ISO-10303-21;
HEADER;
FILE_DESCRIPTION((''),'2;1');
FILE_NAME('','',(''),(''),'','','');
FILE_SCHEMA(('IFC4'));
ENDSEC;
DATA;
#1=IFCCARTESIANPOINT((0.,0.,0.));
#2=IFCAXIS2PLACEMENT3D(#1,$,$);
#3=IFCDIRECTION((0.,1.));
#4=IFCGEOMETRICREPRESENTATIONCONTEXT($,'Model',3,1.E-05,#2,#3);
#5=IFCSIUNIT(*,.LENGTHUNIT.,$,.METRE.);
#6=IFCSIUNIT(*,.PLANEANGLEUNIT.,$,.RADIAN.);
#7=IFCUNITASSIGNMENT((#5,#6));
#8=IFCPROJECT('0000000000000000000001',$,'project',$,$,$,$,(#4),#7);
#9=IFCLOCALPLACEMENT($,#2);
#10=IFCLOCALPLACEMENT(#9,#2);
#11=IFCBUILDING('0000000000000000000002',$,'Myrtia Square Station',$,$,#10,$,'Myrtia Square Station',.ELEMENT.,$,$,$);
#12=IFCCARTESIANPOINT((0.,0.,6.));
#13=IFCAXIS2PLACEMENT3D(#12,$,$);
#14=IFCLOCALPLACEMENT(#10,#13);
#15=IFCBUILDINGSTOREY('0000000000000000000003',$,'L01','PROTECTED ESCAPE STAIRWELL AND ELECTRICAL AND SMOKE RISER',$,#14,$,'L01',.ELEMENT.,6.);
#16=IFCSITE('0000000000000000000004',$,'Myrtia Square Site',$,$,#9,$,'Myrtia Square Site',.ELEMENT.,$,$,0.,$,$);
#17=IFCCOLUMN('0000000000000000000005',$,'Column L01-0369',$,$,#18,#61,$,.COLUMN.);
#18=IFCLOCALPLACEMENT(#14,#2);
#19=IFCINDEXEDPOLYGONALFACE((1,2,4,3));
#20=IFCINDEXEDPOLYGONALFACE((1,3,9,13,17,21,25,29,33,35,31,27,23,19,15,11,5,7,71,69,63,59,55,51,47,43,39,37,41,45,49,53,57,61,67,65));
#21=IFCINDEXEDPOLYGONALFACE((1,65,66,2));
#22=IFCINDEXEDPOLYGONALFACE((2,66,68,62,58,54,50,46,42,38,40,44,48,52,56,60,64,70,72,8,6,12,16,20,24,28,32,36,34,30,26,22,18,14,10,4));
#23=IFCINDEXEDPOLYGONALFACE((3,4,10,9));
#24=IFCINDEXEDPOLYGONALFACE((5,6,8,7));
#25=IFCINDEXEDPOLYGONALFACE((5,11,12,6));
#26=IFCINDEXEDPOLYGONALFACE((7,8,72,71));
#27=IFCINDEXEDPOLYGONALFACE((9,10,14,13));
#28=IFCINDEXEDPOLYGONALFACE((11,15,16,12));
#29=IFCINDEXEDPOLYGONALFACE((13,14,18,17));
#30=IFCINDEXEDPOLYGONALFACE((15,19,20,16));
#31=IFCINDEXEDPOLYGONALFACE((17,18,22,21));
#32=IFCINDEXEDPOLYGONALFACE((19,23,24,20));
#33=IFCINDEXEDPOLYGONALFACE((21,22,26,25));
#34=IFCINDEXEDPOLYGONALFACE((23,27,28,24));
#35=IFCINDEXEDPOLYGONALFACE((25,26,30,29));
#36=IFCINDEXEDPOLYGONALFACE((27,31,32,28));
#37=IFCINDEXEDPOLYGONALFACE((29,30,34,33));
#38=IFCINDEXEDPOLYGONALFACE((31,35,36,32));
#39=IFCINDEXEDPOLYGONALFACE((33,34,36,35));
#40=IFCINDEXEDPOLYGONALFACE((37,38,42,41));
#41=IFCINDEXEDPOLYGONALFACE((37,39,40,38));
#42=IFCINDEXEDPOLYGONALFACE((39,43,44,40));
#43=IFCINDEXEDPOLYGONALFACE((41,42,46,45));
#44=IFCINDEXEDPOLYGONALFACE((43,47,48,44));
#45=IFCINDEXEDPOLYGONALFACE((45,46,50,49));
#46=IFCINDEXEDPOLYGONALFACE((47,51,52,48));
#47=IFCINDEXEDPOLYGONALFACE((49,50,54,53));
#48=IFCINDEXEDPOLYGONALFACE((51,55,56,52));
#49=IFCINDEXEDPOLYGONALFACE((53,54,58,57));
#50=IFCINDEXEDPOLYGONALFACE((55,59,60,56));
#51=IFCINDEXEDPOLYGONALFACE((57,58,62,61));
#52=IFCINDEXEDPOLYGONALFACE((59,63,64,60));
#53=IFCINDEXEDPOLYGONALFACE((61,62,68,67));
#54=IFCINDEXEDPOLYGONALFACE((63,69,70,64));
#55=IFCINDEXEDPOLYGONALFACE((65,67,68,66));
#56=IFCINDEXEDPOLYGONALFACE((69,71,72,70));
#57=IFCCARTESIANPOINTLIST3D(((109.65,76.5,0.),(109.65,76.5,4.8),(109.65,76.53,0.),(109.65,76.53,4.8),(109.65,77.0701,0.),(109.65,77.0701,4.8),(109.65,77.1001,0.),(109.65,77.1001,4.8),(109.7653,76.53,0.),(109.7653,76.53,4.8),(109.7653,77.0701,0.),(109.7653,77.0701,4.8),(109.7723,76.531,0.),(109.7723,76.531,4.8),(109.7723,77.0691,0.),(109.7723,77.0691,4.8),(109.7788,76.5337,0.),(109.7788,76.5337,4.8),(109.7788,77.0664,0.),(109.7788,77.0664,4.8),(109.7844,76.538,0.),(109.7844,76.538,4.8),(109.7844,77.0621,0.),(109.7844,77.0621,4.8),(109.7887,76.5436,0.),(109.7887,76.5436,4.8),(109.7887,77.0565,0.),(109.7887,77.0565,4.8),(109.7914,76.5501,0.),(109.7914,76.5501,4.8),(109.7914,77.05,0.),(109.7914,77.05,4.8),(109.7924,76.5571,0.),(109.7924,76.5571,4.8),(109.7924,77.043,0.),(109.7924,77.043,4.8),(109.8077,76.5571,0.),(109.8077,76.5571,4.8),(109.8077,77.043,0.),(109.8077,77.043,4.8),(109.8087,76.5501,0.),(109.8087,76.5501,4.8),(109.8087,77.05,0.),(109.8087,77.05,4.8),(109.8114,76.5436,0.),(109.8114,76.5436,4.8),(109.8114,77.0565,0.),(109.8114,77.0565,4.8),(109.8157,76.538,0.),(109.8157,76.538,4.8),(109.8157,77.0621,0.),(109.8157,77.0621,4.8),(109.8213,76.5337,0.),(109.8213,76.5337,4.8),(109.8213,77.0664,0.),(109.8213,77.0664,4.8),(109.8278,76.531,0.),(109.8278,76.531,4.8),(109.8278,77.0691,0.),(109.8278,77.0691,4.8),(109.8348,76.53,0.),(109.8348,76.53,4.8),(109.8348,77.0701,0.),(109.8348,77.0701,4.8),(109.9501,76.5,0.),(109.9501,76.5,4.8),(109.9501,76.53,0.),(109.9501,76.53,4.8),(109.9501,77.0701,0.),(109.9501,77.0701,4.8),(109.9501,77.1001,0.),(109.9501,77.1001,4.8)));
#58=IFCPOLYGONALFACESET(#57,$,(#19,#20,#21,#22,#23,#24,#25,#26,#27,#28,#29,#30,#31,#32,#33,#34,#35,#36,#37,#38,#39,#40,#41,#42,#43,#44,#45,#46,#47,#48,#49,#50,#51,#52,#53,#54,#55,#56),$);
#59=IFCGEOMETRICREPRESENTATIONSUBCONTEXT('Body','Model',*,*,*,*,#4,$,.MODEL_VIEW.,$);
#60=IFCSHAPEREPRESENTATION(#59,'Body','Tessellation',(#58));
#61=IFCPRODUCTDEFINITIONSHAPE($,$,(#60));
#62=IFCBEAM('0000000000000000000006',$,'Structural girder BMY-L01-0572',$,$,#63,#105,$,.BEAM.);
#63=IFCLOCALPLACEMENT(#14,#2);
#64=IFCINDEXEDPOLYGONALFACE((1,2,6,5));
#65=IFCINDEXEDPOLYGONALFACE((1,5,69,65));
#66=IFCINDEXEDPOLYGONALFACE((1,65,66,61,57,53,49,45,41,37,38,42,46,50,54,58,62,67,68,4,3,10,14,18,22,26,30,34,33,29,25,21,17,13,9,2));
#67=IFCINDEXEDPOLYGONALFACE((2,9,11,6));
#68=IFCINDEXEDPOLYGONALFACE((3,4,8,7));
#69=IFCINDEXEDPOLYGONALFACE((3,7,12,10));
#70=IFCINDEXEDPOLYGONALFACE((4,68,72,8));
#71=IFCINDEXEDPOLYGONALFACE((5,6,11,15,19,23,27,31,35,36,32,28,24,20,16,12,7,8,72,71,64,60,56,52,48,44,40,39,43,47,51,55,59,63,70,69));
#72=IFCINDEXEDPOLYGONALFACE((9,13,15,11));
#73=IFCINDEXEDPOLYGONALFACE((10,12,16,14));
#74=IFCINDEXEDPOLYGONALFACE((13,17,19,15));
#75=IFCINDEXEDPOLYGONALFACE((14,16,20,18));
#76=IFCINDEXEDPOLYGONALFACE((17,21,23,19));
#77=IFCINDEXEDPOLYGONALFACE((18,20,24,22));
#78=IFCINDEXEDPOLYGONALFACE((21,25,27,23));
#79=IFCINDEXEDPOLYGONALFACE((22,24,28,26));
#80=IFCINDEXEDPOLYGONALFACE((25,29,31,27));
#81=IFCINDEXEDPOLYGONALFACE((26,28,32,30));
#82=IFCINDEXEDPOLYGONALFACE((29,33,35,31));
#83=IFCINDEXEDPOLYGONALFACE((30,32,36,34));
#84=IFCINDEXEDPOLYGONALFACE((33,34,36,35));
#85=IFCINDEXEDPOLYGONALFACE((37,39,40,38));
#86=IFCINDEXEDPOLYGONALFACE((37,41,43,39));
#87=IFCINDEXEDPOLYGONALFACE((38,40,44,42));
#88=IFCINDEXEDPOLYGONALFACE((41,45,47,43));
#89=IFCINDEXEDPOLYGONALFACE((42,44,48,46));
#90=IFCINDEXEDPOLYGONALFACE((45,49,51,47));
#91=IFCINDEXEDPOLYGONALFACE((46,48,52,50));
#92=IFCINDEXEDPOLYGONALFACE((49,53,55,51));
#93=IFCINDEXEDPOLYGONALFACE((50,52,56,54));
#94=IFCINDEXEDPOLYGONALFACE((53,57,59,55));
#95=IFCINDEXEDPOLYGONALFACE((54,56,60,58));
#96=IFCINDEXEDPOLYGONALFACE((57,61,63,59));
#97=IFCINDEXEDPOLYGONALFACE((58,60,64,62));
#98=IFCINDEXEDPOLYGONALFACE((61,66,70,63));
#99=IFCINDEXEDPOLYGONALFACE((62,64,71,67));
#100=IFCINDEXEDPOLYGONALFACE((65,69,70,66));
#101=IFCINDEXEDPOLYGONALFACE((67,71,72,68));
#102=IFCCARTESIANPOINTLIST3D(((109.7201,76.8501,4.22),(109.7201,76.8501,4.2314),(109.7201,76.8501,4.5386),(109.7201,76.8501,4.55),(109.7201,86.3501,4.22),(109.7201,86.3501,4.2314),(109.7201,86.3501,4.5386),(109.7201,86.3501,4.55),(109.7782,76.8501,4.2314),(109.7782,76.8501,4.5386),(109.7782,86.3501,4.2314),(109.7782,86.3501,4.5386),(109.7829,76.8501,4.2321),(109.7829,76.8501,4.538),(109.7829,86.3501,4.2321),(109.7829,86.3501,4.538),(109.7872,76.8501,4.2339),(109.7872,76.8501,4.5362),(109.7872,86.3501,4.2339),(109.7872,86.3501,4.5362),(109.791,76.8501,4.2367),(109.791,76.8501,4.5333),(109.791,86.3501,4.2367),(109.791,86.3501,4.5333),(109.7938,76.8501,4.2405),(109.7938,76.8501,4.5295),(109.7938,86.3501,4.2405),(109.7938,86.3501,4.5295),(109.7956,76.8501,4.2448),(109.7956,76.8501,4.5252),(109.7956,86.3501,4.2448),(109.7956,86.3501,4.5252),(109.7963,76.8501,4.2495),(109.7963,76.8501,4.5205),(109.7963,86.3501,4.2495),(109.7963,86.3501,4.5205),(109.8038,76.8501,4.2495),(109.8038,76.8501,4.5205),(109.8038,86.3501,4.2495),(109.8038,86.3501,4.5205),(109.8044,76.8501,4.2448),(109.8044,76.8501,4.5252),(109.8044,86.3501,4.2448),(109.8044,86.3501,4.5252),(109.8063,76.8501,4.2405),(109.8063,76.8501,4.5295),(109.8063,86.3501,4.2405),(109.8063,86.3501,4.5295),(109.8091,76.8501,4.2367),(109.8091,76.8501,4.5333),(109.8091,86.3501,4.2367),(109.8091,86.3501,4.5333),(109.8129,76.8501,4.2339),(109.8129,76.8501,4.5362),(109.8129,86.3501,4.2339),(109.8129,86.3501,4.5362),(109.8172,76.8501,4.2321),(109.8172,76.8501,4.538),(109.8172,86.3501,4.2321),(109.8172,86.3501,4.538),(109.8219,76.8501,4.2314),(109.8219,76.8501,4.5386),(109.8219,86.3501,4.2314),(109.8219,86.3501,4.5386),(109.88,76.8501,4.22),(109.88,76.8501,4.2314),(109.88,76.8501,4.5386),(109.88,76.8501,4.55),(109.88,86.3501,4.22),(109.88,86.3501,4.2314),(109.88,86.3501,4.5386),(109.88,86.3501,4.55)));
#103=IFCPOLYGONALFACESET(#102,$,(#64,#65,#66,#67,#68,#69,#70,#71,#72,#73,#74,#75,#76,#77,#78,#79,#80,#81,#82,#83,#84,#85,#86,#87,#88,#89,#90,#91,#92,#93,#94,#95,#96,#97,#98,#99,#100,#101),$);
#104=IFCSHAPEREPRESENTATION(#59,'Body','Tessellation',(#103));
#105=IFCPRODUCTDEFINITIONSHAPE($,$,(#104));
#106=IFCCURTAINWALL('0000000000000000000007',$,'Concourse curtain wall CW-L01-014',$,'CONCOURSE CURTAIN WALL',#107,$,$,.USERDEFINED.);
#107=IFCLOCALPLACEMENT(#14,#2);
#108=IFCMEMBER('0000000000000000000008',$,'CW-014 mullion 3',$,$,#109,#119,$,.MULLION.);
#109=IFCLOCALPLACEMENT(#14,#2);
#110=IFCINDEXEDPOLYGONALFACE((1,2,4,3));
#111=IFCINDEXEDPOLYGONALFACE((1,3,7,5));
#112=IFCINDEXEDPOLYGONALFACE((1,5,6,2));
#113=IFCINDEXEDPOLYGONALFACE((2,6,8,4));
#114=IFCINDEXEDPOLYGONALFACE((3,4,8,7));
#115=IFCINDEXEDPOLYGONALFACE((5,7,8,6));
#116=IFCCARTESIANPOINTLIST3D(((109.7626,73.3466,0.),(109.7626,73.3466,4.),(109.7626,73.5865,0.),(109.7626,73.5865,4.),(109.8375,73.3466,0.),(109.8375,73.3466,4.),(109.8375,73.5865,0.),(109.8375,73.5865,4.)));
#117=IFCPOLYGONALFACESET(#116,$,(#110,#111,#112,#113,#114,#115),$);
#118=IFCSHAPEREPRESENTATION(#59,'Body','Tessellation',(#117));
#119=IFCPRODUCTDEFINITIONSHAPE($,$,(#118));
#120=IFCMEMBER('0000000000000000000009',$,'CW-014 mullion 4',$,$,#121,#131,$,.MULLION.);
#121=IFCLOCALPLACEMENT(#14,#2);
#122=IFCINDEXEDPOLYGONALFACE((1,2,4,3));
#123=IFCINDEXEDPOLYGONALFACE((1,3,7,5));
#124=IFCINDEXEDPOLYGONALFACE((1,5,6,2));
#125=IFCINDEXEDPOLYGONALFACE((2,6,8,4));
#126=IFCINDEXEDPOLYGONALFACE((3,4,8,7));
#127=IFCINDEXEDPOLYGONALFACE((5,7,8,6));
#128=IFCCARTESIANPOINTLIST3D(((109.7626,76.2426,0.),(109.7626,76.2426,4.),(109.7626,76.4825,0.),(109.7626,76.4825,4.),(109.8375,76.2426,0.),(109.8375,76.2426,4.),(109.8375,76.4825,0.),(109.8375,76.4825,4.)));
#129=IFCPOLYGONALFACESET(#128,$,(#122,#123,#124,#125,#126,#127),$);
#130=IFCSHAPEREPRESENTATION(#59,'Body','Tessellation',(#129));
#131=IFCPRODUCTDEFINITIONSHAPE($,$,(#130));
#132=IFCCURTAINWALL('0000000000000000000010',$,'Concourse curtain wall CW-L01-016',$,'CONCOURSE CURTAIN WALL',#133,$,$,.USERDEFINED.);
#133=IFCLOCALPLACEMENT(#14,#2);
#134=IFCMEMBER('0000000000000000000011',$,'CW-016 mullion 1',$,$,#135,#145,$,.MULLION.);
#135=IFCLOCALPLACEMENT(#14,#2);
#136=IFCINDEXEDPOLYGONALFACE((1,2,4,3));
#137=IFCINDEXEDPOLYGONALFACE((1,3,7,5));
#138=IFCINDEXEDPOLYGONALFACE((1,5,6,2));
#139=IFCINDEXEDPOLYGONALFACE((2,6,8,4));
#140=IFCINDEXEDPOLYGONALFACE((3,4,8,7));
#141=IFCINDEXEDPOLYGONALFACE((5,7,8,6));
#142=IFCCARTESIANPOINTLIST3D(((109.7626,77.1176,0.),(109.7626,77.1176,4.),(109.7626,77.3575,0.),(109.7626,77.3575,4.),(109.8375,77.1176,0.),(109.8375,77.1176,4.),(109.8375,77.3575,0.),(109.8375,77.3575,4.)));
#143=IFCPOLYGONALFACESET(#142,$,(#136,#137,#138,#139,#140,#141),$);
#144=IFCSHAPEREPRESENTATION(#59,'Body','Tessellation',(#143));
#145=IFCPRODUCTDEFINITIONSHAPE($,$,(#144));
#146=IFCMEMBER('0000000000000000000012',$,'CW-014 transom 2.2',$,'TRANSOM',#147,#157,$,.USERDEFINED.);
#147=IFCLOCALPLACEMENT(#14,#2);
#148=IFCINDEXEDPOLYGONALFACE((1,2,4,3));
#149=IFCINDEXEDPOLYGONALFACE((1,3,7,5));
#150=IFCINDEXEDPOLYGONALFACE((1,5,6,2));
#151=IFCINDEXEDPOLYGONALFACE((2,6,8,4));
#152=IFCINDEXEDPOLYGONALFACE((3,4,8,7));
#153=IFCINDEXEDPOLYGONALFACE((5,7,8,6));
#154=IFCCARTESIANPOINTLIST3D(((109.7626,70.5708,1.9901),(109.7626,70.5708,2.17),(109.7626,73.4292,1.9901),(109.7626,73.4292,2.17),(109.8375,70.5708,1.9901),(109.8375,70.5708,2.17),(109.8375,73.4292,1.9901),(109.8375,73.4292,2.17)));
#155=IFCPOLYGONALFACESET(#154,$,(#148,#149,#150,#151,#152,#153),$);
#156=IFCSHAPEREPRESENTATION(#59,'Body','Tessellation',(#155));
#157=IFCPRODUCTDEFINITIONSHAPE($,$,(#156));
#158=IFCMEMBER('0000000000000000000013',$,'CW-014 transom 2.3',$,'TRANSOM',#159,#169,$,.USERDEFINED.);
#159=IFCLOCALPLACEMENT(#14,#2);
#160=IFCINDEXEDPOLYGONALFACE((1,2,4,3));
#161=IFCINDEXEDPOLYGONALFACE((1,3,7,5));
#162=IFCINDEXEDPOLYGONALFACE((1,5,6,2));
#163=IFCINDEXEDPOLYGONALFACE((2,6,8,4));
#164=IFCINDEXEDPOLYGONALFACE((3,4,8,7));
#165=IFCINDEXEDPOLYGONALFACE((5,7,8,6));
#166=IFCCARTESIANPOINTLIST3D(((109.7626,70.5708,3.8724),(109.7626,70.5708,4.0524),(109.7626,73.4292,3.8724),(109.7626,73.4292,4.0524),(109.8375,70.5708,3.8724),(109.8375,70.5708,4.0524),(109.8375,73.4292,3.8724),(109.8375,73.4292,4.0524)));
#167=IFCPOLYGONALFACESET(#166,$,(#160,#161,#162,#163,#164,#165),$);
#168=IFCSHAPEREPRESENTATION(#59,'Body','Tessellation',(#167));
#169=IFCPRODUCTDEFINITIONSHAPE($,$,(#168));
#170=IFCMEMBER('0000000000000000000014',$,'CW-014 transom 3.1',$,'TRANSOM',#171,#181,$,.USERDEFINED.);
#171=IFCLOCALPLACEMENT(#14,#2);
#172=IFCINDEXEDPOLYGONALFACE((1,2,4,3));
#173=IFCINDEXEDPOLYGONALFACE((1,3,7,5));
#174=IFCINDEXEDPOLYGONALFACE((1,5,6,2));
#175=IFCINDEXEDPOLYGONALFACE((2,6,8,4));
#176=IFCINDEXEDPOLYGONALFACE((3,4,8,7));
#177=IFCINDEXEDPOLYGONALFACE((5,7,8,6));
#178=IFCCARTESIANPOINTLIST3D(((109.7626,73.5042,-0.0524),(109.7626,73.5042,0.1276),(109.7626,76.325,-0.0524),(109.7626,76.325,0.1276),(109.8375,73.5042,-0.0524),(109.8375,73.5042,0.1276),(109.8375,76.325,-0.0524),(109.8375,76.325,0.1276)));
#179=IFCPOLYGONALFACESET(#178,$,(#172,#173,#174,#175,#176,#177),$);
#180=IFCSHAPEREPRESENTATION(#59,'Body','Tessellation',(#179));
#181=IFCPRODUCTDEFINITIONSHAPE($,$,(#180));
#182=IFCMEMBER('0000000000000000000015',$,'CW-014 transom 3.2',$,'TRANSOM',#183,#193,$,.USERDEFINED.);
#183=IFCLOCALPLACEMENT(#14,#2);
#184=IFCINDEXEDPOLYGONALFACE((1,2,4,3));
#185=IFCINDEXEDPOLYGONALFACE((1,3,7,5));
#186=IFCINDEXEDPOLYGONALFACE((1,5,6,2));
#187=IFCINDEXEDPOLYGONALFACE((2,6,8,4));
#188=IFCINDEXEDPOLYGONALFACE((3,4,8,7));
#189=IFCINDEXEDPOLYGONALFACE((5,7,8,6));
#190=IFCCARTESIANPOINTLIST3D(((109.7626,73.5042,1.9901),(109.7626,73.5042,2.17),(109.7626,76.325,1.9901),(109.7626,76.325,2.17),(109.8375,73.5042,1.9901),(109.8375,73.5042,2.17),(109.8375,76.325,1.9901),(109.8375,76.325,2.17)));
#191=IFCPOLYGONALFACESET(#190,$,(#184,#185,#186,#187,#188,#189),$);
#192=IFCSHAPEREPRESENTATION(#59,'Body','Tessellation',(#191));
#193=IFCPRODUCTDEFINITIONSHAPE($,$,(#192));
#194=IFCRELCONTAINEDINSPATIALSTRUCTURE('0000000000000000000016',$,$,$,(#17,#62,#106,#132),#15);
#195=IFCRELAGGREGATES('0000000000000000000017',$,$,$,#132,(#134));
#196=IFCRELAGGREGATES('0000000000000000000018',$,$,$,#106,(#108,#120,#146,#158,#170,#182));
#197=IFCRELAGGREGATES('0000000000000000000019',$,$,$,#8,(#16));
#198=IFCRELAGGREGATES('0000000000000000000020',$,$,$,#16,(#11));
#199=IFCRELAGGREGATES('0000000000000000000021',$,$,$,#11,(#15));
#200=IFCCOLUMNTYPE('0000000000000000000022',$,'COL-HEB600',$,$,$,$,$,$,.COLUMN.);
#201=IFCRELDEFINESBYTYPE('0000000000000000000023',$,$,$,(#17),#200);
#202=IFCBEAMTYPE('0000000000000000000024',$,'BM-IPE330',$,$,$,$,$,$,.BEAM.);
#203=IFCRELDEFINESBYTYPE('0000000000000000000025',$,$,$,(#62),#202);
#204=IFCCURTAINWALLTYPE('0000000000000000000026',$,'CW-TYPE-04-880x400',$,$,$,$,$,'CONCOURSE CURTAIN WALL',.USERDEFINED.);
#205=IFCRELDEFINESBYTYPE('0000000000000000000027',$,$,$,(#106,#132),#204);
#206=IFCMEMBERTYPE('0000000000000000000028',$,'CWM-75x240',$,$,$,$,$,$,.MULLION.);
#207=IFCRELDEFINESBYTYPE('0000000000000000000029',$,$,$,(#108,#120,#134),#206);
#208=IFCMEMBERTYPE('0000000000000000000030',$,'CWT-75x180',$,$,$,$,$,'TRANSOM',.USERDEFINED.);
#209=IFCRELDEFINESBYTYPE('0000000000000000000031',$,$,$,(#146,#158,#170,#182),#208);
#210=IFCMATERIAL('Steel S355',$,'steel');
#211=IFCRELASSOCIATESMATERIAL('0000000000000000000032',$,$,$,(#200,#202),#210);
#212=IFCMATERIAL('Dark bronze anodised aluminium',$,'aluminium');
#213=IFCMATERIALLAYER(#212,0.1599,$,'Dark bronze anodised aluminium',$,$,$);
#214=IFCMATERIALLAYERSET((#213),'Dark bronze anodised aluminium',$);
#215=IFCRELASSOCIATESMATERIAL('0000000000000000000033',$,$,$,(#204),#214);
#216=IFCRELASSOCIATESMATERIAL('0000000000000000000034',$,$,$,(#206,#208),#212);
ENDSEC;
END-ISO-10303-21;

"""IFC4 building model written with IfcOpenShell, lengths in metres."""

from ifc_helpers import new_model, si_unit, direction, frame, origin, origin_2d, place, context, subcontext, project, spatial, rectangle, i_section, extrude, material, layer, layer_set, material_profile, profile_set, type_object, element, aggregate, save


model = new_model("IFC4")

# Units and contexts
model_context = context("Model", 3, precision=1e-05, world=origin(), true_north=direction((0.0, 1.0)))
body_context = subcontext(model_context, "Body", "Model", "MODEL_VIEW")
ifc_project = project(units=[si_unit("LENGTHUNIT", "METRE"), si_unit("PLANEANGLEUNIT", "RADIAN")], contexts=[model_context])

# Site, building, storey
site_placement = place(None, origin())
site = spatial("IfcSite", under=ifc_project, at=site_placement, Name="Myrtia Square Site", LongName="Myrtia Square Site", CompositionType="ELEMENT", RefElevation=0.0)
building_placement = place(site_placement, origin())
building = spatial("IfcBuilding", under=site, at=building_placement, Name="Myrtia Square Station", LongName="Myrtia Square Station", CompositionType="ELEMENT")
storey_placement = place(building_placement, frame((0.0, 0.0, 6.0)))
storey = spatial("IfcBuildingStorey", under=building, at=storey_placement, Name="L01", Description="PROTECTED ESCAPE STAIRWELL AND ELECTRICAL AND SMOKE RISER", LongName="L01", CompositionType="ELEMENT", Elevation=6.0)

# Column
ifc_material_1 = material(Name="Steel S355", Category="steel")
ifc_material_profile_1 = material_profile(ifc_material_1, i_section(OverallWidth=0.3, OverallDepth=0.6001, WebThickness=0.0154, FlangeThickness=0.03, FilletRadius=0.0271, at=origin_2d()), Name="HEB 600")
ifc_profile_set_1 = profile_set([ifc_material_profile_1], Name="Steel S355")
column_type = type_object("IfcColumnType", Name="COL-HEB600", PredefinedType="COLUMN", material=ifc_profile_set_1)
column_placement = place(storey_placement, frame((109.8, 76.8, 0.0), z_axis=(0.0, 0.0, 1.0), x_axis=(1.0, 0.0, 0.0)))
element("IfcColumn", 1, at=column_placement, inside=storey, type_object=column_type, Name="Column L01-0369", PredefinedType="COLUMN", context=body_context, shape_type="SweptSolid", body=[
    extrude(i_section(OverallWidth=0.3, OverallDepth=0.6001, WebThickness=0.0154, FlangeThickness=0.03, FilletRadius=0.0271, at=origin_2d()), origin(), (0.0, 0.0, 1.0), 4.8),
])

# Beam
ifc_material_profile_2 = material_profile(ifc_material_1, i_section(OverallWidth=0.1599, OverallDepth=0.3301, WebThickness=0.0076, FlangeThickness=0.0115, FilletRadius=0.0181, at=origin_2d()), Name="IPE 330")
ifc_profile_set_2 = profile_set([ifc_material_profile_2], Name="Steel S355")
beam_type = type_object("IfcBeamType", Name="BM-IPE330", PredefinedType="BEAM", material=ifc_profile_set_2)
beam_placement = place(storey_placement, frame((109.8, 76.8501, 4.385), z_axis=(0.0, 1.0, 0.0), x_axis=(-1.0, 0.0, 0.0)))
element("IfcBeam", 2, at=beam_placement, inside=storey, type_object=beam_type, Name="Structural girder BMY-L01-0572", PredefinedType="BEAM", context=body_context, shape_type="SweptSolid", body=[
    extrude(i_section(OverallWidth=0.1599, OverallDepth=0.3301, WebThickness=0.0076, FlangeThickness=0.0115, FilletRadius=0.0181, at=origin_2d()), origin(), (0.0, 0.0, 1.0), 9.5),
])

# Curtain wall, members
ifc_material_2 = material(Name="Dark bronze anodised aluminium", Category="aluminium")
ifc_layer_1 = layer(ifc_material_2, 0.1599, Name="Dark bronze anodised aluminium")
ifc_layer_set_1 = layer_set([ifc_layer_1], Name="Dark bronze anodised aluminium")
curtain_wall_type = type_object("IfcCurtainWallType", Name="CW-TYPE-04-880x400", ElementType="CONCOURSE CURTAIN WALL", PredefinedType="USERDEFINED", material=ifc_layer_set_1)
curtain_wall_1_placement = place(storey_placement, origin())
curtain_wall_1 = element("IfcCurtainWall", 3, at=curtain_wall_1_placement, inside=storey, type_object=curtain_wall_type, Name="Concourse curtain wall CW-L01-014", ObjectType="CONCOURSE CURTAIN WALL", PredefinedType="USERDEFINED")
ifc_material_profile_3 = material_profile(ifc_material_2, rectangle(XDim=0.075, YDim=0.24, at=origin_2d()), Name="ALU-M 75x240")
ifc_profile_set_3 = profile_set([ifc_material_profile_3], Name="Dark bronze anodised aluminium")
member_type_1 = type_object("IfcMemberType", Name="CWM-75x240", PredefinedType="MULLION", material=ifc_profile_set_3)
member_1_placement = place(storey_placement, frame((109.8, 73.4666, 0.0), z_axis=(0.0, 0.0, 1.0), x_axis=(-1.0, 0.0, 0.0)))
member_1 = element("IfcMember", 4, at=member_1_placement, type_object=member_type_1, Name="CW-014 mullion 3", PredefinedType="MULLION", context=body_context, shape_type="SweptSolid", body=[
    extrude(rectangle(XDim=0.075, YDim=0.24, at=origin_2d()), origin(), (0.0, 0.0, 1.0), 4.0),
])
member_2_placement = place(storey_placement, frame((109.8, 76.3625, 0.0), z_axis=(0.0, 0.0, 1.0), x_axis=(-1.0, 0.0, 0.0)))
member_2 = element("IfcMember", 5, at=member_2_placement, type_object=member_type_1, Name="CW-014 mullion 4", PredefinedType="MULLION", context=body_context, shape_type="SweptSolid", body=[
    extrude(rectangle(XDim=0.075, YDim=0.24, at=origin_2d()), origin(), (0.0, 0.0, 1.0), 4.0),
])

# Curtain wall, member
curtain_wall_2_placement = place(storey_placement, origin())
curtain_wall_2 = element("IfcCurtainWall", 6, at=curtain_wall_2_placement, inside=storey, type_object=curtain_wall_type, Name="Concourse curtain wall CW-L01-016", ObjectType="CONCOURSE CURTAIN WALL", PredefinedType="USERDEFINED")
member_3_placement = place(storey_placement, frame((109.8, 77.2375, 0.0), z_axis=(0.0, 0.0, 1.0), x_axis=(-1.0, 0.0, 0.0)))
member_3 = element("IfcMember", 7, at=member_3_placement, type_object=member_type_1, Name="CW-016 mullion 1", PredefinedType="MULLION", context=body_context, shape_type="SweptSolid", body=[
    extrude(rectangle(XDim=0.075, YDim=0.24, at=origin_2d()), origin(), (0.0, 0.0, 1.0), 4.0),
])

# Members
ifc_material_profile_4 = material_profile(ifc_material_2, rectangle(XDim=0.075, YDim=0.1799, at=origin_2d()), Name="ALU-T 75x180")
ifc_profile_set_4 = profile_set([ifc_material_profile_4], Name="Dark bronze anodised aluminium")
member_type_2 = type_object("IfcMemberType", Name="CWT-75x180", ElementType="TRANSOM", PredefinedType="USERDEFINED", material=ifc_profile_set_4)
member_4_placement = place(storey_placement, frame((109.8, 70.5708, 2.0801), z_axis=(0.0, 1.0, 0.0), x_axis=(-1.0, 0.0, 0.0)))
member_4 = element("IfcMember", 8, at=member_4_placement, type_object=member_type_2, Name="CW-014 transom 2.2", ObjectType="TRANSOM", PredefinedType="USERDEFINED", context=body_context, shape_type="SweptSolid", body=[
    extrude(rectangle(XDim=0.075, YDim=0.1799, at=origin_2d()), origin(), (0.0, 0.0, 1.0), 2.8584),
])
member_5_placement = place(storey_placement, frame((109.8, 70.5708, 3.9624), z_axis=(0.0, 1.0, 0.0), x_axis=(-1.0, 0.0, 0.0)))
member_5 = element("IfcMember", 9, at=member_5_placement, type_object=member_type_2, Name="CW-014 transom 2.3", ObjectType="TRANSOM", PredefinedType="USERDEFINED", context=body_context, shape_type="SweptSolid", body=[
    extrude(rectangle(XDim=0.075, YDim=0.1799, at=origin_2d()), origin(), (0.0, 0.0, 1.0), 2.8584),
])
member_6_placement = place(storey_placement, frame((109.8, 73.5042, 0.0376), z_axis=(0.0, 1.0, 0.0), x_axis=(-1.0, 0.0, 0.0)))
member_6 = element("IfcMember", 10, at=member_6_placement, type_object=member_type_2, Name="CW-014 transom 3.1", ObjectType="TRANSOM", PredefinedType="USERDEFINED", context=body_context, shape_type="SweptSolid", body=[
    extrude(rectangle(XDim=0.075, YDim=0.1799, at=origin_2d()), origin(), (0.0, 0.0, 1.0), 2.8208),
])
member_7_placement = place(storey_placement, frame((109.8, 73.5042, 2.0801), z_axis=(0.0, 1.0, 0.0), x_axis=(-1.0, 0.0, 0.0)))
member_7 = element("IfcMember", 11, at=member_7_placement, type_object=member_type_2, Name="CW-014 transom 3.2", ObjectType="TRANSOM", PredefinedType="USERDEFINED", context=body_context, shape_type="SweptSolid", body=[
    extrude(rectangle(XDim=0.075, YDim=0.1799, at=origin_2d()), origin(), (0.0, 0.0, 1.0), 2.8208),
])
aggregate(curtain_wall_2, [member_3])

aggregate(curtain_wall_1, [member_1, member_2, member_4, member_5, member_6, member_7])

save(model, "model.ifc")
